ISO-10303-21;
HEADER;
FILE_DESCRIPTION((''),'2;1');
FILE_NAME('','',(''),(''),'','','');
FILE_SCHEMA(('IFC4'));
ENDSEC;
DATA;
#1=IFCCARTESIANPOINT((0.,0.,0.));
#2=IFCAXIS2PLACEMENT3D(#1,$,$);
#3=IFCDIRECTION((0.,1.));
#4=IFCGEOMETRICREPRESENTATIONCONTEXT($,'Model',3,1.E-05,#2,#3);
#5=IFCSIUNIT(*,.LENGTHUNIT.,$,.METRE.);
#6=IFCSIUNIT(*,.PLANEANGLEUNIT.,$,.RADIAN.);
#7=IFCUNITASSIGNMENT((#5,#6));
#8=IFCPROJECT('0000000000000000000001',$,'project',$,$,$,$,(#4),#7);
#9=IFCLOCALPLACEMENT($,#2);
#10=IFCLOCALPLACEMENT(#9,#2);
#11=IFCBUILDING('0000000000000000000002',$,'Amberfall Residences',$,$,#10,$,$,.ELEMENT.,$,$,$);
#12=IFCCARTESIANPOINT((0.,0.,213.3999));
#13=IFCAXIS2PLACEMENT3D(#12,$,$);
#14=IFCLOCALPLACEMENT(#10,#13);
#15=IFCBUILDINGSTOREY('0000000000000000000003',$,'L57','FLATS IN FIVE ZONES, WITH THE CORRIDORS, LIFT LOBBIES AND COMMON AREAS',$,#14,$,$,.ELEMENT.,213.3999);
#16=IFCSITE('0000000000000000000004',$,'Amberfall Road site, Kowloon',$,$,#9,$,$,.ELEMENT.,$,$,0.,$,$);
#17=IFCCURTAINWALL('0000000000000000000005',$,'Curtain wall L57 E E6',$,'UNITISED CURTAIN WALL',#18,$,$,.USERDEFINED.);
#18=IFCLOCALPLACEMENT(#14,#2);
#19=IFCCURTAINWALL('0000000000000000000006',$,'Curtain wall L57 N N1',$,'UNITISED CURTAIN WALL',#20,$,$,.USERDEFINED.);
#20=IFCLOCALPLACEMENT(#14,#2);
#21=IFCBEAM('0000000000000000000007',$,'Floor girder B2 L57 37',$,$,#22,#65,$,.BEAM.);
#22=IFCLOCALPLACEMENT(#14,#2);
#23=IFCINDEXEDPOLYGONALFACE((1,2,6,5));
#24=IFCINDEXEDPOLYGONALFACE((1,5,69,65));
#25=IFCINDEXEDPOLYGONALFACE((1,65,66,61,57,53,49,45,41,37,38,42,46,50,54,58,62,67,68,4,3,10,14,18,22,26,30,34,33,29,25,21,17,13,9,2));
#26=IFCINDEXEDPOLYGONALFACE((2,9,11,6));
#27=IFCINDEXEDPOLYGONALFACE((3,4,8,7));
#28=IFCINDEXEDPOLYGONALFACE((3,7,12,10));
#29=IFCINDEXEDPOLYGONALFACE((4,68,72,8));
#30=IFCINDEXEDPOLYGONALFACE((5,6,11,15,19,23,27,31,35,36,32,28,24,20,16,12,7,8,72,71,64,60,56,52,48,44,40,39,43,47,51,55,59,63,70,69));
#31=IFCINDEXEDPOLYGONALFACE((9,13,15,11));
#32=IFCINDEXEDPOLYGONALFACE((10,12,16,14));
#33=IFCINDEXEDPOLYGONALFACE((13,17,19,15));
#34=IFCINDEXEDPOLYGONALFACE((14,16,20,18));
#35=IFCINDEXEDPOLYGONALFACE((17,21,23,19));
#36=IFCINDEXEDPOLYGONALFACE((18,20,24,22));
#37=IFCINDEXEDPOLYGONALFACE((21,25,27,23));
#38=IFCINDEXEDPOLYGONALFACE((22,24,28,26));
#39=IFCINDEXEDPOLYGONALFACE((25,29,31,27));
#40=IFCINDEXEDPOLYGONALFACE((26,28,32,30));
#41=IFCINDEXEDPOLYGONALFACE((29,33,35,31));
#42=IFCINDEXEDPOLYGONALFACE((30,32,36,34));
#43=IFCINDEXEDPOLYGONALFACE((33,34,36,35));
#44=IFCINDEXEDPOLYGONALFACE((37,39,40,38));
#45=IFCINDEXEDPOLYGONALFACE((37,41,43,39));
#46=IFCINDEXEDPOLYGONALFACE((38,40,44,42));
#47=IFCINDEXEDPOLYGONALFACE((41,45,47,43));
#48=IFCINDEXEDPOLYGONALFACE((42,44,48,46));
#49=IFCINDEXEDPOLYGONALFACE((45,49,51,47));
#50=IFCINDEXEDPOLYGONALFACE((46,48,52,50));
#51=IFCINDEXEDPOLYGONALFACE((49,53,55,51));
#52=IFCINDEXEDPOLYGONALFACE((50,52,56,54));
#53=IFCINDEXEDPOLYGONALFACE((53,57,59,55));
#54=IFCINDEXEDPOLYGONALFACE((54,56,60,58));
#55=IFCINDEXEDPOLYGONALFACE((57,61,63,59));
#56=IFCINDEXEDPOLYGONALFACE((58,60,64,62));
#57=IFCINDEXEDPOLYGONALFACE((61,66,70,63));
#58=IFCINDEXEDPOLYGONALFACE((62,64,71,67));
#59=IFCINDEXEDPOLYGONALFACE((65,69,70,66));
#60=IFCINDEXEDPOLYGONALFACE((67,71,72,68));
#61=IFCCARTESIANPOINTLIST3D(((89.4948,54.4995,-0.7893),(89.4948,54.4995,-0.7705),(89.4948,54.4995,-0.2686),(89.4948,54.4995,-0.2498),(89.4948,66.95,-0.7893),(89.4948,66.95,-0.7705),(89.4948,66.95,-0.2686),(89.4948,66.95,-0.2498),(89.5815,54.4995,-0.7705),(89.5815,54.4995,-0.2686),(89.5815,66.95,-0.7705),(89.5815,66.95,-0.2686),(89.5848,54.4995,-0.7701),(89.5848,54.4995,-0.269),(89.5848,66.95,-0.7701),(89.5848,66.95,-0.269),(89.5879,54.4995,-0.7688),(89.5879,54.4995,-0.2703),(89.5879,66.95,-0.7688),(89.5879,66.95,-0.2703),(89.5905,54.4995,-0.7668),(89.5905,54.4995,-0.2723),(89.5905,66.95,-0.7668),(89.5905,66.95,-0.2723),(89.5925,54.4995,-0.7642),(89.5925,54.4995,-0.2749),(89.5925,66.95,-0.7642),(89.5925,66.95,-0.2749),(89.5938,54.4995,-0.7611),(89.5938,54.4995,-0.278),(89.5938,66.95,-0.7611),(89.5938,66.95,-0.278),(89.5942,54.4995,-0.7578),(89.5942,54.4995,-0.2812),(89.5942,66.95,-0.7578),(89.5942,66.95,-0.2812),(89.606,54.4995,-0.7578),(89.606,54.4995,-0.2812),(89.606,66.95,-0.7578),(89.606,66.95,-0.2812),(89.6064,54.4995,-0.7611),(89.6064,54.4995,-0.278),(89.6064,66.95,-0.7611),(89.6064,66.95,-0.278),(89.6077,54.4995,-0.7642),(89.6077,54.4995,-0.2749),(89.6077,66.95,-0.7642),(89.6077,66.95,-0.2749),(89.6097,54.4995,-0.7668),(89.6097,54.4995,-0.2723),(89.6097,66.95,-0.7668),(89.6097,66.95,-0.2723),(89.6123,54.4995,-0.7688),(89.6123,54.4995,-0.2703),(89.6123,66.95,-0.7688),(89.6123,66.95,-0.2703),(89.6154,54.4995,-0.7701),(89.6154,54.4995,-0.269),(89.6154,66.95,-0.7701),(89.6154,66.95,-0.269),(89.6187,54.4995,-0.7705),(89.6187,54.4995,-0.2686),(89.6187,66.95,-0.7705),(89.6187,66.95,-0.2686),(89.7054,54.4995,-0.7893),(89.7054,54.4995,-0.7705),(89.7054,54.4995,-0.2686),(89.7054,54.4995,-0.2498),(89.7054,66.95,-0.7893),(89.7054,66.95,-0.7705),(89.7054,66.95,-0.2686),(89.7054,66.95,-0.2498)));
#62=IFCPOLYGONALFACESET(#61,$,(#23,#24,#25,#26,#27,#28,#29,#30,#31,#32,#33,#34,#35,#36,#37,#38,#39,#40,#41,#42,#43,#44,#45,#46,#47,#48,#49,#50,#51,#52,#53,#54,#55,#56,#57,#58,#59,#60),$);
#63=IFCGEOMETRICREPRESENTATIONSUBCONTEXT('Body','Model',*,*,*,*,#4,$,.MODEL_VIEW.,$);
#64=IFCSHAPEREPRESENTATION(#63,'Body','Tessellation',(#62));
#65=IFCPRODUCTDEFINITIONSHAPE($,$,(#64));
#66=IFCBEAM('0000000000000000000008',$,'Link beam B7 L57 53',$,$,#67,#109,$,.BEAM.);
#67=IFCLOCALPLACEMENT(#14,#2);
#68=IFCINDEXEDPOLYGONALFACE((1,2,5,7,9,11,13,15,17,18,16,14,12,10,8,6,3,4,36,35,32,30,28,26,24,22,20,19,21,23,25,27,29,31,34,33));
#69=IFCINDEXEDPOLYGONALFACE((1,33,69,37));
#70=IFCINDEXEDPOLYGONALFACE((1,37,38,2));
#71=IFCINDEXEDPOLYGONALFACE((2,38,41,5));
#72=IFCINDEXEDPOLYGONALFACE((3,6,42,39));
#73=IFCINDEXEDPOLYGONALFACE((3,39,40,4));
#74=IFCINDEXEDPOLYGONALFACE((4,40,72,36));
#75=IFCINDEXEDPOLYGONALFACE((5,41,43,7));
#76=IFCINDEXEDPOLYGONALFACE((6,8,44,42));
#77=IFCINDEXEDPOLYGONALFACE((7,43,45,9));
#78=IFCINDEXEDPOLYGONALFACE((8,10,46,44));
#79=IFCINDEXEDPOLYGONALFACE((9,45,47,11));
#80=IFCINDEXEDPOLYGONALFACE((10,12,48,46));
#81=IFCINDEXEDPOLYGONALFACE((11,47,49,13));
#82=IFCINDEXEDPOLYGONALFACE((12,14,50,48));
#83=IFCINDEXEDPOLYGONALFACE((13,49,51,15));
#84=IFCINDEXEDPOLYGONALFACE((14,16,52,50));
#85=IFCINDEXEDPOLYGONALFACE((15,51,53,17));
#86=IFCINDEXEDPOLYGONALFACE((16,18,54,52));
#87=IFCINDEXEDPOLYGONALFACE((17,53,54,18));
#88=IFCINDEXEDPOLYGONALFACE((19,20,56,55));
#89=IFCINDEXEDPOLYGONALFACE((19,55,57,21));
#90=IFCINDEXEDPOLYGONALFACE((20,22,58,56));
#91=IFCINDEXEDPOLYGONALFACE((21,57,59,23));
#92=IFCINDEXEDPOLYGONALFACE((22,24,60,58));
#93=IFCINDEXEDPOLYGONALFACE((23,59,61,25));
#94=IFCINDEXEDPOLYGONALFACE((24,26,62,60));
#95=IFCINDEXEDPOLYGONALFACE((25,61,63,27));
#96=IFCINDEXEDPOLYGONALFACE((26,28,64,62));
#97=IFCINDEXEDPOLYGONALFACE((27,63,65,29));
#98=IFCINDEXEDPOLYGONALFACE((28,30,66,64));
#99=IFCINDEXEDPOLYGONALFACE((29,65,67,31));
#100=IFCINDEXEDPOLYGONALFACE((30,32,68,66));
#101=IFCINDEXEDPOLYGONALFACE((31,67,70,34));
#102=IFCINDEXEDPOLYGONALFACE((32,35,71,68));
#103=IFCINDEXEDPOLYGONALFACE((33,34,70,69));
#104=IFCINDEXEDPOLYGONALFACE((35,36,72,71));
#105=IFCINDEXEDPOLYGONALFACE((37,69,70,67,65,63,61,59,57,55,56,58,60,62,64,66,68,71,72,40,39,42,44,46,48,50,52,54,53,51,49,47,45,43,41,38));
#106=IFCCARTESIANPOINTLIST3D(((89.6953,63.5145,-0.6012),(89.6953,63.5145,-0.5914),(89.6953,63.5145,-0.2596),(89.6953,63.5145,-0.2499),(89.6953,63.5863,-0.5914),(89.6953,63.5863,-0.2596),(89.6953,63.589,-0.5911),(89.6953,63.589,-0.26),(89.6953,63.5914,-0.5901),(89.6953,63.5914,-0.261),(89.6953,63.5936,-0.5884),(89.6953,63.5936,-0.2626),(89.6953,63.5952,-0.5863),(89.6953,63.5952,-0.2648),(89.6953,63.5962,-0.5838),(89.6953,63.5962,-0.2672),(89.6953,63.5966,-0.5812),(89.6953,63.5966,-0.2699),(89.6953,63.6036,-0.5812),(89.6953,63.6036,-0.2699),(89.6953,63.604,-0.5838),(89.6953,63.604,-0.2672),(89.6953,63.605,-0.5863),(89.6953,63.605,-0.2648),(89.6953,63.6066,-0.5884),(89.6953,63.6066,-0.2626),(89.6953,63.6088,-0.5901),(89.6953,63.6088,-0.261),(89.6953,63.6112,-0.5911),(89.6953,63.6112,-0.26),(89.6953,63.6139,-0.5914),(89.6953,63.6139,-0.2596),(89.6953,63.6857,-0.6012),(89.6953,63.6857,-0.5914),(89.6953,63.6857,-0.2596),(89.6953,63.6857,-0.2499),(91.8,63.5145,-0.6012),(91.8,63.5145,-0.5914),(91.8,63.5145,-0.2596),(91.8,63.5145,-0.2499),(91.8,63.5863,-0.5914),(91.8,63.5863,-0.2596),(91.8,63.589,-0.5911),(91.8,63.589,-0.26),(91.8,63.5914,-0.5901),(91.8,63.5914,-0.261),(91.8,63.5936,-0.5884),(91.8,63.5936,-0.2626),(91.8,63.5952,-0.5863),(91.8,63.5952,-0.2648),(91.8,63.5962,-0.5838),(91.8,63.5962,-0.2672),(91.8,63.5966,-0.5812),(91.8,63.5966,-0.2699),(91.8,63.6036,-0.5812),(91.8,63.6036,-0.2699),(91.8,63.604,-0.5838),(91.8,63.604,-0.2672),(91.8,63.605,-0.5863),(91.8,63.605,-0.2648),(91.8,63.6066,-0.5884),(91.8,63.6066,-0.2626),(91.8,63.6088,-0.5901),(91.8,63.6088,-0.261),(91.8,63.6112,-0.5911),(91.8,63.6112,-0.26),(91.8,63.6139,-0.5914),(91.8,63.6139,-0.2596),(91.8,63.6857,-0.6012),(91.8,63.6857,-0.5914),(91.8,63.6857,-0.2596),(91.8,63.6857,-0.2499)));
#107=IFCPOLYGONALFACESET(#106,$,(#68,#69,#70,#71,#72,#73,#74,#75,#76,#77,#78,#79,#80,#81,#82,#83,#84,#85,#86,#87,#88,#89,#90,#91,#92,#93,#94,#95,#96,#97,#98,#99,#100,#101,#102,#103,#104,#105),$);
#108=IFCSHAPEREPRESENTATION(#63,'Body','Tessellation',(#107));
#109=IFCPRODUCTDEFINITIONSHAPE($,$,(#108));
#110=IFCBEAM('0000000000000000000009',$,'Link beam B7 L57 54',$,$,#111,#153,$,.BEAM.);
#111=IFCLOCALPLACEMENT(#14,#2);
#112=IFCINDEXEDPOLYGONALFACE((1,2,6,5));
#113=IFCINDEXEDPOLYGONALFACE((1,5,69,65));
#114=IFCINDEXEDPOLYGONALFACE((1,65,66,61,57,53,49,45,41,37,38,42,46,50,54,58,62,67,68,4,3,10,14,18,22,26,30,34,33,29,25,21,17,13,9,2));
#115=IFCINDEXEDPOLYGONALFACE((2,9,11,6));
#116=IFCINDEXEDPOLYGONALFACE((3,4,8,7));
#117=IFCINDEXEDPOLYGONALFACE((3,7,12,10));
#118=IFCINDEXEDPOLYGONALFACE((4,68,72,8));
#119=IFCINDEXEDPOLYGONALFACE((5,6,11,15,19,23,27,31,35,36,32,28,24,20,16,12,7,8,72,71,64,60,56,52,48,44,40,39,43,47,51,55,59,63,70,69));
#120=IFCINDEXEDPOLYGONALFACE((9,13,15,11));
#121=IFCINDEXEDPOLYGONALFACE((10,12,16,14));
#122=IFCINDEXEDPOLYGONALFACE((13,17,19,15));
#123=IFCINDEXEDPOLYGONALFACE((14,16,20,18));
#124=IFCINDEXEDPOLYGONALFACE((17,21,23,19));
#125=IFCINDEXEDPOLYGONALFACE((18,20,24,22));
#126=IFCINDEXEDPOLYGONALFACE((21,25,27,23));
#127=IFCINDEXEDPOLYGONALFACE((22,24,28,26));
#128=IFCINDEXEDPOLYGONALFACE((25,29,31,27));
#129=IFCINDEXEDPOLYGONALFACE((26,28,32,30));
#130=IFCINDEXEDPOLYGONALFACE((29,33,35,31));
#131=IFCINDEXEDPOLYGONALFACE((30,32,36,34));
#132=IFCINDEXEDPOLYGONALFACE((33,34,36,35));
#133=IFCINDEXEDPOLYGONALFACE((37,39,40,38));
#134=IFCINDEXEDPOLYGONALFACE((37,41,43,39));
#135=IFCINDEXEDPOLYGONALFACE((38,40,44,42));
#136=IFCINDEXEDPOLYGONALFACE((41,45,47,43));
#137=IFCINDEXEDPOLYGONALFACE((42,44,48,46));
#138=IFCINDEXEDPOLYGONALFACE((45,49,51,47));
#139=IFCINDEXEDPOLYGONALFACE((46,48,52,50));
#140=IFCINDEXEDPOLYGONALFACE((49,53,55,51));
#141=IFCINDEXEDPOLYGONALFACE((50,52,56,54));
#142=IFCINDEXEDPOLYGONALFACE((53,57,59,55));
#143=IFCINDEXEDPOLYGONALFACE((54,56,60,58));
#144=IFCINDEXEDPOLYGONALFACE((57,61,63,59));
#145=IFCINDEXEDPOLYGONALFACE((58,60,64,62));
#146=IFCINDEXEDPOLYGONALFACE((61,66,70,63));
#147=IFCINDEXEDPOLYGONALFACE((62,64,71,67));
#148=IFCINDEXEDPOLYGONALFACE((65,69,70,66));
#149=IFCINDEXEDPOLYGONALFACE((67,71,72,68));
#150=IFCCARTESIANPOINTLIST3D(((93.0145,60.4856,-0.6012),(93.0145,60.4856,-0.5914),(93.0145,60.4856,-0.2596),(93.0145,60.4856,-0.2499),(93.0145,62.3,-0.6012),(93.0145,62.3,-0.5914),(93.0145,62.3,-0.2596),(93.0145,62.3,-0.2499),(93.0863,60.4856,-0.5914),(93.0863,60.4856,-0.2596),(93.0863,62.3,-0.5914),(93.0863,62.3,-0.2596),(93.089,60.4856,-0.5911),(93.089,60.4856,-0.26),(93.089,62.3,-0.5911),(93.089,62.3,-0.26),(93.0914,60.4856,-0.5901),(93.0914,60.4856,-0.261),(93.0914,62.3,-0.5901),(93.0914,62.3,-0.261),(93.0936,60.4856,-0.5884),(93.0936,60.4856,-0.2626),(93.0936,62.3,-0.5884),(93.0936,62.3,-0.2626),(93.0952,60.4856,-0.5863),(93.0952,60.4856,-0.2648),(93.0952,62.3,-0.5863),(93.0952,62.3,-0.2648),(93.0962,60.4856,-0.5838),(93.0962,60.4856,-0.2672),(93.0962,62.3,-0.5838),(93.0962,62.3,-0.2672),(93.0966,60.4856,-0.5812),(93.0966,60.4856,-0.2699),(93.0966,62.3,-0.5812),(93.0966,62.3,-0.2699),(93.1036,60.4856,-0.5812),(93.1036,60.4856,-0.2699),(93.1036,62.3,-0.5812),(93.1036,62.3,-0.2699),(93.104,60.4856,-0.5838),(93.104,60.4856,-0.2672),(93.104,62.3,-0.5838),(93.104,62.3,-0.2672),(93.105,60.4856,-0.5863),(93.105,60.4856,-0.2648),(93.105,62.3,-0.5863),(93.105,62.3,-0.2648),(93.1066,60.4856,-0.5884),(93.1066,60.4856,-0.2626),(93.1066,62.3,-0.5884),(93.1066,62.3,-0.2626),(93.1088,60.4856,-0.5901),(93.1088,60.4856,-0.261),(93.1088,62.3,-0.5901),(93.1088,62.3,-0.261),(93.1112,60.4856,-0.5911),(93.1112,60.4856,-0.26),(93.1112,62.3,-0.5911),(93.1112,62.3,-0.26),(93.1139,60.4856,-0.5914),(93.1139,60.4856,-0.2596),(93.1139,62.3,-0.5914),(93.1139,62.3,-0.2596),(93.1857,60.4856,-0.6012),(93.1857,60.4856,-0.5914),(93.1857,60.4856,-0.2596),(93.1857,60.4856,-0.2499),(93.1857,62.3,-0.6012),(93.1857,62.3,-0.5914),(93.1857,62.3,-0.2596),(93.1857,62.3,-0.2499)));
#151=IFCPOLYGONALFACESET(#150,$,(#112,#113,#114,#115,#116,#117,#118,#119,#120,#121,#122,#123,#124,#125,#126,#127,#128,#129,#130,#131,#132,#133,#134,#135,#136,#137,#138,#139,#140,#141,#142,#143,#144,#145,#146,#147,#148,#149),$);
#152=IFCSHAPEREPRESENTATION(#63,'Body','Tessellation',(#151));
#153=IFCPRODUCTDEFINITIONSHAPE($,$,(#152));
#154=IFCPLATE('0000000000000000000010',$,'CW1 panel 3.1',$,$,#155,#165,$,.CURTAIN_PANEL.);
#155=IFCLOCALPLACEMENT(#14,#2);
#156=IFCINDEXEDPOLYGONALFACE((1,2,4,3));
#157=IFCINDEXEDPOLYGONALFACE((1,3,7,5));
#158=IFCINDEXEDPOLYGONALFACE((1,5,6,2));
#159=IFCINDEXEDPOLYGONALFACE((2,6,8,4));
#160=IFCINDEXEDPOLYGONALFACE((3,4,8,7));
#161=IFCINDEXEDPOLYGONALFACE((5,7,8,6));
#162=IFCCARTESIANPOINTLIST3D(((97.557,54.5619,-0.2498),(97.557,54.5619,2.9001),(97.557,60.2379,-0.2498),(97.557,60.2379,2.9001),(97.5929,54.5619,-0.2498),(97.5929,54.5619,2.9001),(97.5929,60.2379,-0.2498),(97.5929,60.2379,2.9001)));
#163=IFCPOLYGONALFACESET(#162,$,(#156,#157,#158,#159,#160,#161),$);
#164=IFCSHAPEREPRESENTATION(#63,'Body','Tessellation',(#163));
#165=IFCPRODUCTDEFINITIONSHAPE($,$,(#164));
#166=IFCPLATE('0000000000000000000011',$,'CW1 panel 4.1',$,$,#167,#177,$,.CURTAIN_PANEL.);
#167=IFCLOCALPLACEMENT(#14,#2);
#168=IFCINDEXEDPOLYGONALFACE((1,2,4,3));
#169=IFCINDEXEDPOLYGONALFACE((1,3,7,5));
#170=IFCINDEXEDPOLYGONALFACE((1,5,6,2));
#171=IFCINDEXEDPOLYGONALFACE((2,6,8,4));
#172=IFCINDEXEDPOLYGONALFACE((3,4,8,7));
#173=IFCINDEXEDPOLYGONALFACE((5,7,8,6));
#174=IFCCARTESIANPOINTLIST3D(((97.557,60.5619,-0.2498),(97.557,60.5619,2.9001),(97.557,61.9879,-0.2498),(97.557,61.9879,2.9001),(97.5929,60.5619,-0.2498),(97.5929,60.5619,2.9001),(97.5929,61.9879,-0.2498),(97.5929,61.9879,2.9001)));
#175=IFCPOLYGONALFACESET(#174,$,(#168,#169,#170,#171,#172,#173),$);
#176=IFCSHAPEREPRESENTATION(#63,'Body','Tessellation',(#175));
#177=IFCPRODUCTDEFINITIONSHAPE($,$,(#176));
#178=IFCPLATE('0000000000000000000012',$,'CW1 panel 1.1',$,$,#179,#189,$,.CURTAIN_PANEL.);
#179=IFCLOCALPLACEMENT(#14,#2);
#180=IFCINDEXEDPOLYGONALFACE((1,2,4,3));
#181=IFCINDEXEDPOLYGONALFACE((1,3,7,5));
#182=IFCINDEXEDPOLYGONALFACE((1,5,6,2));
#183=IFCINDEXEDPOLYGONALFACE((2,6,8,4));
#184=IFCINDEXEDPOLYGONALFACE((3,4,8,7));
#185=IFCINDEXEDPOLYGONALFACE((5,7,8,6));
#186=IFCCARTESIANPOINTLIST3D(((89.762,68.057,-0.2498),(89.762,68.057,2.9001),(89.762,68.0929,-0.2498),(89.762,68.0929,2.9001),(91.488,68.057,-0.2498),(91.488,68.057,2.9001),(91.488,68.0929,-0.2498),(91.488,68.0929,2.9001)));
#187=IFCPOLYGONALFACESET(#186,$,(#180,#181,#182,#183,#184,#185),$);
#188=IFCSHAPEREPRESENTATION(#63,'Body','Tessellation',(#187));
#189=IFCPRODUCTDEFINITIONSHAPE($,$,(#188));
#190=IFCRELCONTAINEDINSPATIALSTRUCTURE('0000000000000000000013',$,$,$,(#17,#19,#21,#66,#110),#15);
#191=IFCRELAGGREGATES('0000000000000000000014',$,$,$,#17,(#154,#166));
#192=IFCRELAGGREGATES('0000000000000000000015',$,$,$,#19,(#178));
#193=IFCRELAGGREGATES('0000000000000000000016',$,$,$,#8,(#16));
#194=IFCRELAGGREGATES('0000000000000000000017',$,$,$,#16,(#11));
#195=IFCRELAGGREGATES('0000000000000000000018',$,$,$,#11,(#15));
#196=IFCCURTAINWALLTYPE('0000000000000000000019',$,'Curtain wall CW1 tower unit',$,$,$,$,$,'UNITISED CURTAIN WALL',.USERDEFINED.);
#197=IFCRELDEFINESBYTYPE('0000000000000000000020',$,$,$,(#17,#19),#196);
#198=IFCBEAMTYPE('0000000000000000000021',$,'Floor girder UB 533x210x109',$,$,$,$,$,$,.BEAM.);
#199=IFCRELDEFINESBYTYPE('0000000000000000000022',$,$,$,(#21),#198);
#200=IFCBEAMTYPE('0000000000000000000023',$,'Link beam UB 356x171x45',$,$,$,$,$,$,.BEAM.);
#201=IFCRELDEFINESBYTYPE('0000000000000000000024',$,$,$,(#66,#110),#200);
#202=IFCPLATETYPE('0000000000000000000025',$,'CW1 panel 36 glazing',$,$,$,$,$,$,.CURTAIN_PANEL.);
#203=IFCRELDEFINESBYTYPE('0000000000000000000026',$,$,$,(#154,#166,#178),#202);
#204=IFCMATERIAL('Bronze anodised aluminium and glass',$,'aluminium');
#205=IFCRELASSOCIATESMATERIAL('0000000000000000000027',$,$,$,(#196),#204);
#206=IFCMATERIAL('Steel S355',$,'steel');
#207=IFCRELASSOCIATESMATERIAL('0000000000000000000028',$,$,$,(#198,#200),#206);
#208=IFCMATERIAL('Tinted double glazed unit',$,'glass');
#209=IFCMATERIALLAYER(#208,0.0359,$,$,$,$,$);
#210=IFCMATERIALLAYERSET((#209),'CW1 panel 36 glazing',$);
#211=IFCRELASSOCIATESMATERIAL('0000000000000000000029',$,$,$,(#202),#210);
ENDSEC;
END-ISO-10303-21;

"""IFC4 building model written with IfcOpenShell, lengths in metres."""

from ifc_helpers import new_model, si_unit, direction, frame, origin, origin_2d, place, context, subcontext, project, spatial, rectangle, i_section, extrude, material, layer, layer_set, material_profile, profile_set, type_object, element, aggregate, save


model = new_model("IFC4")

# Units and contexts
model_context = context("Model", 3, precision=1e-05, world=origin(), true_north=direction((0.0, 1.0)))
body_context = subcontext(model_context, "Body", "Model", "MODEL_VIEW")
ifc_project = project(units=[si_unit("LENGTHUNIT", "METRE"), si_unit("PLANEANGLEUNIT", "RADIAN")], contexts=[model_context])

# Site, building, storey
site_placement = place(None, origin())
site = spatial("IfcSite", under=ifc_project, at=site_placement, Name="Amberfall Road site, Kowloon", CompositionType="ELEMENT", RefElevation=0.0)
building_placement = place(site_placement, origin())
building = spatial("IfcBuilding", under=site, at=building_placement, Name="Amberfall Residences", CompositionType="ELEMENT")
storey_placement = place(building_placement, frame((0.0, 0.0, 213.3999)))
storey = spatial("IfcBuildingStorey", under=building, at=storey_placement, Name="L57", Description="FLATS IN FIVE ZONES, WITH THE CORRIDORS, LIFT LOBBIES AND COMMON AREAS", CompositionType="ELEMENT", Elevation=213.3999)

# Curtain walls
ifc_material_1 = material(Name="Bronze anodised aluminium and glass", Category="aluminium")
curtain_wall_type = type_object("IfcCurtainWallType", Name="Curtain wall CW1 tower unit", ElementType="UNITISED CURTAIN WALL", PredefinedType="USERDEFINED", material=ifc_material_1)
curtain_wall_1_placement = place(storey_placement, origin())
curtain_wall_1 = element("IfcCurtainWall", 1, at=curtain_wall_1_placement, inside=storey, type_object=curtain_wall_type, Name="Curtain wall L57 E E6", ObjectType="UNITISED CURTAIN WALL", PredefinedType="USERDEFINED")
curtain_wall_2_placement = place(storey_placement, origin())
curtain_wall_2 = element("IfcCurtainWall", 2, at=curtain_wall_2_placement, inside=storey, type_object=curtain_wall_type, Name="Curtain wall L57 N N1", ObjectType="UNITISED CURTAIN WALL", PredefinedType="USERDEFINED")

# Beams
ifc_material_2 = material(Name="Steel S355", Category="steel")
ifc_material_profile_1 = material_profile(ifc_material_2, i_section(OverallWidth=0.2107, OverallDepth=0.5396, WebThickness=0.0117, FlangeThickness=0.0188, FilletRadius=0.0127, at=origin_2d()), Name="UB 533x210x109")
ifc_profile_set_1 = profile_set([ifc_material_profile_1], Name="Steel S355")
beam_type_1 = type_object("IfcBeamType", Name="Floor girder UB 533x210x109", PredefinedType="BEAM", material=ifc_profile_set_1)
beam_1_placement = place(storey_placement, frame((89.6001, 66.95, -0.5195), z_axis=(0.0, -1.0, 0.0), x_axis=(1.0, 0.0, 0.0)))
element("IfcBeam", 3, at=beam_1_placement, inside=storey, type_object=beam_type_1, Name="Floor girder B2 L57 37", PredefinedType="BEAM", context=body_context, shape_type="SweptSolid", body=[
    extrude(i_section(OverallWidth=0.2107, OverallDepth=0.5396, WebThickness=0.0117, FlangeThickness=0.0188, FilletRadius=0.0127, at=origin_2d()), origin(), (0.0, 0.0, 1.0), 12.4504),
])
ifc_material_profile_2 = material_profile(ifc_material_2, i_section(OverallWidth=0.1711, OverallDepth=0.3513, WebThickness=0.0071, FlangeThickness=0.0098, FilletRadius=0.0103, at=origin_2d()), Name="UB 356x171x45")
ifc_profile_set_2 = profile_set([ifc_material_profile_2], Name="Steel S355")
beam_type_2 = type_object("IfcBeamType", Name="Link beam UB 356x171x45", PredefinedType="BEAM", material=ifc_profile_set_2)
beam_2_placement = place(storey_placement, frame((91.8, 63.6001, -0.4255), z_axis=(-1.0, 0.0, 0.0), x_axis=(0.0, -1.0, 0.0)))
element("IfcBeam", 4, at=beam_2_placement, inside=storey, type_object=beam_type_2, Name="Link beam B7 L57 53", PredefinedType="BEAM", context=body_context, shape_type="SweptSolid", body=[
    extrude(i_section(OverallWidth=0.1711, OverallDepth=0.3513, WebThickness=0.0071, FlangeThickness=0.0098, FilletRadius=0.0103, at=origin_2d()), origin(), (0.0, 0.0, 1.0), 2.1047),
])
beam_3_placement = place(storey_placement, frame((93.1001, 62.3, -0.4255), z_axis=(0.0, -1.0, 0.0), x_axis=(1.0, 0.0, 0.0)))
element("IfcBeam", 5, at=beam_3_placement, inside=storey, type_object=beam_type_2, Name="Link beam B7 L57 54", PredefinedType="BEAM", context=body_context, shape_type="SweptSolid", body=[
    extrude(i_section(OverallWidth=0.1711, OverallDepth=0.3513, WebThickness=0.0071, FlangeThickness=0.0098, FilletRadius=0.0103, at=origin_2d()), origin(), (0.0, 0.0, 1.0), 1.8145),
])

# Plates
ifc_material_3 = material(Name="Tinted double glazed unit", Category="glass")
ifc_layer_1 = layer(ifc_material_3, 0.0359)
ifc_layer_set_1 = layer_set([ifc_layer_1], Name="CW1 panel 36 glazing")
plate_type = type_object("IfcPlateType", Name="CW1 panel 36 glazing", PredefinedType="CURTAIN_PANEL", material=ifc_layer_set_1)
plate_1_placement = place(storey_placement, frame((97.575, 57.3999, -0.2498), z_axis=(0.0, 0.0, 1.0), x_axis=(0.0, 1.0, 0.0)))
plate_1 = element("IfcPlate", 6, at=plate_1_placement, type_object=plate_type, Name="CW1 panel 3.1", PredefinedType="CURTAIN_PANEL", context=body_context, shape_type="SweptSolid", body=[
    extrude(rectangle(XDim=5.676, YDim=0.0359, at=origin_2d()), origin(), (0.0, 0.0, 1.0), 3.1499),
])
plate_2_placement = place(storey_placement, frame((97.575, 61.2749, -0.2498), z_axis=(0.0, 0.0, 1.0), x_axis=(0.0, 1.0, 0.0)))
plate_2 = element("IfcPlate", 7, at=plate_2_placement, type_object=plate_type, Name="CW1 panel 4.1", PredefinedType="CURTAIN_PANEL", context=body_context, shape_type="SweptSolid", body=[
    extrude(rectangle(XDim=1.426, YDim=0.0359, at=origin_2d()), origin(), (0.0, 0.0, 1.0), 3.1499),
])
aggregate(curtain_wall_1, [plate_1, plate_2])
plate_3_placement = place(storey_placement, frame((90.625, 68.075, -0.2498), z_axis=(0.0, 0.0, 1.0), x_axis=(-1.0, 0.0, 0.0)))
plate_3 = element("IfcPlate", 8, at=plate_3_placement, type_object=plate_type, Name="CW1 panel 1.1", PredefinedType="CURTAIN_PANEL", context=body_context, shape_type="SweptSolid", body=[
    extrude(rectangle(XDim=1.7261, YDim=0.0359, at=origin_2d()), origin(), (0.0, 0.0, 1.0), 3.1499),
])
aggregate(curtain_wall_2, [plate_3])

save(model, "model.ifc")
